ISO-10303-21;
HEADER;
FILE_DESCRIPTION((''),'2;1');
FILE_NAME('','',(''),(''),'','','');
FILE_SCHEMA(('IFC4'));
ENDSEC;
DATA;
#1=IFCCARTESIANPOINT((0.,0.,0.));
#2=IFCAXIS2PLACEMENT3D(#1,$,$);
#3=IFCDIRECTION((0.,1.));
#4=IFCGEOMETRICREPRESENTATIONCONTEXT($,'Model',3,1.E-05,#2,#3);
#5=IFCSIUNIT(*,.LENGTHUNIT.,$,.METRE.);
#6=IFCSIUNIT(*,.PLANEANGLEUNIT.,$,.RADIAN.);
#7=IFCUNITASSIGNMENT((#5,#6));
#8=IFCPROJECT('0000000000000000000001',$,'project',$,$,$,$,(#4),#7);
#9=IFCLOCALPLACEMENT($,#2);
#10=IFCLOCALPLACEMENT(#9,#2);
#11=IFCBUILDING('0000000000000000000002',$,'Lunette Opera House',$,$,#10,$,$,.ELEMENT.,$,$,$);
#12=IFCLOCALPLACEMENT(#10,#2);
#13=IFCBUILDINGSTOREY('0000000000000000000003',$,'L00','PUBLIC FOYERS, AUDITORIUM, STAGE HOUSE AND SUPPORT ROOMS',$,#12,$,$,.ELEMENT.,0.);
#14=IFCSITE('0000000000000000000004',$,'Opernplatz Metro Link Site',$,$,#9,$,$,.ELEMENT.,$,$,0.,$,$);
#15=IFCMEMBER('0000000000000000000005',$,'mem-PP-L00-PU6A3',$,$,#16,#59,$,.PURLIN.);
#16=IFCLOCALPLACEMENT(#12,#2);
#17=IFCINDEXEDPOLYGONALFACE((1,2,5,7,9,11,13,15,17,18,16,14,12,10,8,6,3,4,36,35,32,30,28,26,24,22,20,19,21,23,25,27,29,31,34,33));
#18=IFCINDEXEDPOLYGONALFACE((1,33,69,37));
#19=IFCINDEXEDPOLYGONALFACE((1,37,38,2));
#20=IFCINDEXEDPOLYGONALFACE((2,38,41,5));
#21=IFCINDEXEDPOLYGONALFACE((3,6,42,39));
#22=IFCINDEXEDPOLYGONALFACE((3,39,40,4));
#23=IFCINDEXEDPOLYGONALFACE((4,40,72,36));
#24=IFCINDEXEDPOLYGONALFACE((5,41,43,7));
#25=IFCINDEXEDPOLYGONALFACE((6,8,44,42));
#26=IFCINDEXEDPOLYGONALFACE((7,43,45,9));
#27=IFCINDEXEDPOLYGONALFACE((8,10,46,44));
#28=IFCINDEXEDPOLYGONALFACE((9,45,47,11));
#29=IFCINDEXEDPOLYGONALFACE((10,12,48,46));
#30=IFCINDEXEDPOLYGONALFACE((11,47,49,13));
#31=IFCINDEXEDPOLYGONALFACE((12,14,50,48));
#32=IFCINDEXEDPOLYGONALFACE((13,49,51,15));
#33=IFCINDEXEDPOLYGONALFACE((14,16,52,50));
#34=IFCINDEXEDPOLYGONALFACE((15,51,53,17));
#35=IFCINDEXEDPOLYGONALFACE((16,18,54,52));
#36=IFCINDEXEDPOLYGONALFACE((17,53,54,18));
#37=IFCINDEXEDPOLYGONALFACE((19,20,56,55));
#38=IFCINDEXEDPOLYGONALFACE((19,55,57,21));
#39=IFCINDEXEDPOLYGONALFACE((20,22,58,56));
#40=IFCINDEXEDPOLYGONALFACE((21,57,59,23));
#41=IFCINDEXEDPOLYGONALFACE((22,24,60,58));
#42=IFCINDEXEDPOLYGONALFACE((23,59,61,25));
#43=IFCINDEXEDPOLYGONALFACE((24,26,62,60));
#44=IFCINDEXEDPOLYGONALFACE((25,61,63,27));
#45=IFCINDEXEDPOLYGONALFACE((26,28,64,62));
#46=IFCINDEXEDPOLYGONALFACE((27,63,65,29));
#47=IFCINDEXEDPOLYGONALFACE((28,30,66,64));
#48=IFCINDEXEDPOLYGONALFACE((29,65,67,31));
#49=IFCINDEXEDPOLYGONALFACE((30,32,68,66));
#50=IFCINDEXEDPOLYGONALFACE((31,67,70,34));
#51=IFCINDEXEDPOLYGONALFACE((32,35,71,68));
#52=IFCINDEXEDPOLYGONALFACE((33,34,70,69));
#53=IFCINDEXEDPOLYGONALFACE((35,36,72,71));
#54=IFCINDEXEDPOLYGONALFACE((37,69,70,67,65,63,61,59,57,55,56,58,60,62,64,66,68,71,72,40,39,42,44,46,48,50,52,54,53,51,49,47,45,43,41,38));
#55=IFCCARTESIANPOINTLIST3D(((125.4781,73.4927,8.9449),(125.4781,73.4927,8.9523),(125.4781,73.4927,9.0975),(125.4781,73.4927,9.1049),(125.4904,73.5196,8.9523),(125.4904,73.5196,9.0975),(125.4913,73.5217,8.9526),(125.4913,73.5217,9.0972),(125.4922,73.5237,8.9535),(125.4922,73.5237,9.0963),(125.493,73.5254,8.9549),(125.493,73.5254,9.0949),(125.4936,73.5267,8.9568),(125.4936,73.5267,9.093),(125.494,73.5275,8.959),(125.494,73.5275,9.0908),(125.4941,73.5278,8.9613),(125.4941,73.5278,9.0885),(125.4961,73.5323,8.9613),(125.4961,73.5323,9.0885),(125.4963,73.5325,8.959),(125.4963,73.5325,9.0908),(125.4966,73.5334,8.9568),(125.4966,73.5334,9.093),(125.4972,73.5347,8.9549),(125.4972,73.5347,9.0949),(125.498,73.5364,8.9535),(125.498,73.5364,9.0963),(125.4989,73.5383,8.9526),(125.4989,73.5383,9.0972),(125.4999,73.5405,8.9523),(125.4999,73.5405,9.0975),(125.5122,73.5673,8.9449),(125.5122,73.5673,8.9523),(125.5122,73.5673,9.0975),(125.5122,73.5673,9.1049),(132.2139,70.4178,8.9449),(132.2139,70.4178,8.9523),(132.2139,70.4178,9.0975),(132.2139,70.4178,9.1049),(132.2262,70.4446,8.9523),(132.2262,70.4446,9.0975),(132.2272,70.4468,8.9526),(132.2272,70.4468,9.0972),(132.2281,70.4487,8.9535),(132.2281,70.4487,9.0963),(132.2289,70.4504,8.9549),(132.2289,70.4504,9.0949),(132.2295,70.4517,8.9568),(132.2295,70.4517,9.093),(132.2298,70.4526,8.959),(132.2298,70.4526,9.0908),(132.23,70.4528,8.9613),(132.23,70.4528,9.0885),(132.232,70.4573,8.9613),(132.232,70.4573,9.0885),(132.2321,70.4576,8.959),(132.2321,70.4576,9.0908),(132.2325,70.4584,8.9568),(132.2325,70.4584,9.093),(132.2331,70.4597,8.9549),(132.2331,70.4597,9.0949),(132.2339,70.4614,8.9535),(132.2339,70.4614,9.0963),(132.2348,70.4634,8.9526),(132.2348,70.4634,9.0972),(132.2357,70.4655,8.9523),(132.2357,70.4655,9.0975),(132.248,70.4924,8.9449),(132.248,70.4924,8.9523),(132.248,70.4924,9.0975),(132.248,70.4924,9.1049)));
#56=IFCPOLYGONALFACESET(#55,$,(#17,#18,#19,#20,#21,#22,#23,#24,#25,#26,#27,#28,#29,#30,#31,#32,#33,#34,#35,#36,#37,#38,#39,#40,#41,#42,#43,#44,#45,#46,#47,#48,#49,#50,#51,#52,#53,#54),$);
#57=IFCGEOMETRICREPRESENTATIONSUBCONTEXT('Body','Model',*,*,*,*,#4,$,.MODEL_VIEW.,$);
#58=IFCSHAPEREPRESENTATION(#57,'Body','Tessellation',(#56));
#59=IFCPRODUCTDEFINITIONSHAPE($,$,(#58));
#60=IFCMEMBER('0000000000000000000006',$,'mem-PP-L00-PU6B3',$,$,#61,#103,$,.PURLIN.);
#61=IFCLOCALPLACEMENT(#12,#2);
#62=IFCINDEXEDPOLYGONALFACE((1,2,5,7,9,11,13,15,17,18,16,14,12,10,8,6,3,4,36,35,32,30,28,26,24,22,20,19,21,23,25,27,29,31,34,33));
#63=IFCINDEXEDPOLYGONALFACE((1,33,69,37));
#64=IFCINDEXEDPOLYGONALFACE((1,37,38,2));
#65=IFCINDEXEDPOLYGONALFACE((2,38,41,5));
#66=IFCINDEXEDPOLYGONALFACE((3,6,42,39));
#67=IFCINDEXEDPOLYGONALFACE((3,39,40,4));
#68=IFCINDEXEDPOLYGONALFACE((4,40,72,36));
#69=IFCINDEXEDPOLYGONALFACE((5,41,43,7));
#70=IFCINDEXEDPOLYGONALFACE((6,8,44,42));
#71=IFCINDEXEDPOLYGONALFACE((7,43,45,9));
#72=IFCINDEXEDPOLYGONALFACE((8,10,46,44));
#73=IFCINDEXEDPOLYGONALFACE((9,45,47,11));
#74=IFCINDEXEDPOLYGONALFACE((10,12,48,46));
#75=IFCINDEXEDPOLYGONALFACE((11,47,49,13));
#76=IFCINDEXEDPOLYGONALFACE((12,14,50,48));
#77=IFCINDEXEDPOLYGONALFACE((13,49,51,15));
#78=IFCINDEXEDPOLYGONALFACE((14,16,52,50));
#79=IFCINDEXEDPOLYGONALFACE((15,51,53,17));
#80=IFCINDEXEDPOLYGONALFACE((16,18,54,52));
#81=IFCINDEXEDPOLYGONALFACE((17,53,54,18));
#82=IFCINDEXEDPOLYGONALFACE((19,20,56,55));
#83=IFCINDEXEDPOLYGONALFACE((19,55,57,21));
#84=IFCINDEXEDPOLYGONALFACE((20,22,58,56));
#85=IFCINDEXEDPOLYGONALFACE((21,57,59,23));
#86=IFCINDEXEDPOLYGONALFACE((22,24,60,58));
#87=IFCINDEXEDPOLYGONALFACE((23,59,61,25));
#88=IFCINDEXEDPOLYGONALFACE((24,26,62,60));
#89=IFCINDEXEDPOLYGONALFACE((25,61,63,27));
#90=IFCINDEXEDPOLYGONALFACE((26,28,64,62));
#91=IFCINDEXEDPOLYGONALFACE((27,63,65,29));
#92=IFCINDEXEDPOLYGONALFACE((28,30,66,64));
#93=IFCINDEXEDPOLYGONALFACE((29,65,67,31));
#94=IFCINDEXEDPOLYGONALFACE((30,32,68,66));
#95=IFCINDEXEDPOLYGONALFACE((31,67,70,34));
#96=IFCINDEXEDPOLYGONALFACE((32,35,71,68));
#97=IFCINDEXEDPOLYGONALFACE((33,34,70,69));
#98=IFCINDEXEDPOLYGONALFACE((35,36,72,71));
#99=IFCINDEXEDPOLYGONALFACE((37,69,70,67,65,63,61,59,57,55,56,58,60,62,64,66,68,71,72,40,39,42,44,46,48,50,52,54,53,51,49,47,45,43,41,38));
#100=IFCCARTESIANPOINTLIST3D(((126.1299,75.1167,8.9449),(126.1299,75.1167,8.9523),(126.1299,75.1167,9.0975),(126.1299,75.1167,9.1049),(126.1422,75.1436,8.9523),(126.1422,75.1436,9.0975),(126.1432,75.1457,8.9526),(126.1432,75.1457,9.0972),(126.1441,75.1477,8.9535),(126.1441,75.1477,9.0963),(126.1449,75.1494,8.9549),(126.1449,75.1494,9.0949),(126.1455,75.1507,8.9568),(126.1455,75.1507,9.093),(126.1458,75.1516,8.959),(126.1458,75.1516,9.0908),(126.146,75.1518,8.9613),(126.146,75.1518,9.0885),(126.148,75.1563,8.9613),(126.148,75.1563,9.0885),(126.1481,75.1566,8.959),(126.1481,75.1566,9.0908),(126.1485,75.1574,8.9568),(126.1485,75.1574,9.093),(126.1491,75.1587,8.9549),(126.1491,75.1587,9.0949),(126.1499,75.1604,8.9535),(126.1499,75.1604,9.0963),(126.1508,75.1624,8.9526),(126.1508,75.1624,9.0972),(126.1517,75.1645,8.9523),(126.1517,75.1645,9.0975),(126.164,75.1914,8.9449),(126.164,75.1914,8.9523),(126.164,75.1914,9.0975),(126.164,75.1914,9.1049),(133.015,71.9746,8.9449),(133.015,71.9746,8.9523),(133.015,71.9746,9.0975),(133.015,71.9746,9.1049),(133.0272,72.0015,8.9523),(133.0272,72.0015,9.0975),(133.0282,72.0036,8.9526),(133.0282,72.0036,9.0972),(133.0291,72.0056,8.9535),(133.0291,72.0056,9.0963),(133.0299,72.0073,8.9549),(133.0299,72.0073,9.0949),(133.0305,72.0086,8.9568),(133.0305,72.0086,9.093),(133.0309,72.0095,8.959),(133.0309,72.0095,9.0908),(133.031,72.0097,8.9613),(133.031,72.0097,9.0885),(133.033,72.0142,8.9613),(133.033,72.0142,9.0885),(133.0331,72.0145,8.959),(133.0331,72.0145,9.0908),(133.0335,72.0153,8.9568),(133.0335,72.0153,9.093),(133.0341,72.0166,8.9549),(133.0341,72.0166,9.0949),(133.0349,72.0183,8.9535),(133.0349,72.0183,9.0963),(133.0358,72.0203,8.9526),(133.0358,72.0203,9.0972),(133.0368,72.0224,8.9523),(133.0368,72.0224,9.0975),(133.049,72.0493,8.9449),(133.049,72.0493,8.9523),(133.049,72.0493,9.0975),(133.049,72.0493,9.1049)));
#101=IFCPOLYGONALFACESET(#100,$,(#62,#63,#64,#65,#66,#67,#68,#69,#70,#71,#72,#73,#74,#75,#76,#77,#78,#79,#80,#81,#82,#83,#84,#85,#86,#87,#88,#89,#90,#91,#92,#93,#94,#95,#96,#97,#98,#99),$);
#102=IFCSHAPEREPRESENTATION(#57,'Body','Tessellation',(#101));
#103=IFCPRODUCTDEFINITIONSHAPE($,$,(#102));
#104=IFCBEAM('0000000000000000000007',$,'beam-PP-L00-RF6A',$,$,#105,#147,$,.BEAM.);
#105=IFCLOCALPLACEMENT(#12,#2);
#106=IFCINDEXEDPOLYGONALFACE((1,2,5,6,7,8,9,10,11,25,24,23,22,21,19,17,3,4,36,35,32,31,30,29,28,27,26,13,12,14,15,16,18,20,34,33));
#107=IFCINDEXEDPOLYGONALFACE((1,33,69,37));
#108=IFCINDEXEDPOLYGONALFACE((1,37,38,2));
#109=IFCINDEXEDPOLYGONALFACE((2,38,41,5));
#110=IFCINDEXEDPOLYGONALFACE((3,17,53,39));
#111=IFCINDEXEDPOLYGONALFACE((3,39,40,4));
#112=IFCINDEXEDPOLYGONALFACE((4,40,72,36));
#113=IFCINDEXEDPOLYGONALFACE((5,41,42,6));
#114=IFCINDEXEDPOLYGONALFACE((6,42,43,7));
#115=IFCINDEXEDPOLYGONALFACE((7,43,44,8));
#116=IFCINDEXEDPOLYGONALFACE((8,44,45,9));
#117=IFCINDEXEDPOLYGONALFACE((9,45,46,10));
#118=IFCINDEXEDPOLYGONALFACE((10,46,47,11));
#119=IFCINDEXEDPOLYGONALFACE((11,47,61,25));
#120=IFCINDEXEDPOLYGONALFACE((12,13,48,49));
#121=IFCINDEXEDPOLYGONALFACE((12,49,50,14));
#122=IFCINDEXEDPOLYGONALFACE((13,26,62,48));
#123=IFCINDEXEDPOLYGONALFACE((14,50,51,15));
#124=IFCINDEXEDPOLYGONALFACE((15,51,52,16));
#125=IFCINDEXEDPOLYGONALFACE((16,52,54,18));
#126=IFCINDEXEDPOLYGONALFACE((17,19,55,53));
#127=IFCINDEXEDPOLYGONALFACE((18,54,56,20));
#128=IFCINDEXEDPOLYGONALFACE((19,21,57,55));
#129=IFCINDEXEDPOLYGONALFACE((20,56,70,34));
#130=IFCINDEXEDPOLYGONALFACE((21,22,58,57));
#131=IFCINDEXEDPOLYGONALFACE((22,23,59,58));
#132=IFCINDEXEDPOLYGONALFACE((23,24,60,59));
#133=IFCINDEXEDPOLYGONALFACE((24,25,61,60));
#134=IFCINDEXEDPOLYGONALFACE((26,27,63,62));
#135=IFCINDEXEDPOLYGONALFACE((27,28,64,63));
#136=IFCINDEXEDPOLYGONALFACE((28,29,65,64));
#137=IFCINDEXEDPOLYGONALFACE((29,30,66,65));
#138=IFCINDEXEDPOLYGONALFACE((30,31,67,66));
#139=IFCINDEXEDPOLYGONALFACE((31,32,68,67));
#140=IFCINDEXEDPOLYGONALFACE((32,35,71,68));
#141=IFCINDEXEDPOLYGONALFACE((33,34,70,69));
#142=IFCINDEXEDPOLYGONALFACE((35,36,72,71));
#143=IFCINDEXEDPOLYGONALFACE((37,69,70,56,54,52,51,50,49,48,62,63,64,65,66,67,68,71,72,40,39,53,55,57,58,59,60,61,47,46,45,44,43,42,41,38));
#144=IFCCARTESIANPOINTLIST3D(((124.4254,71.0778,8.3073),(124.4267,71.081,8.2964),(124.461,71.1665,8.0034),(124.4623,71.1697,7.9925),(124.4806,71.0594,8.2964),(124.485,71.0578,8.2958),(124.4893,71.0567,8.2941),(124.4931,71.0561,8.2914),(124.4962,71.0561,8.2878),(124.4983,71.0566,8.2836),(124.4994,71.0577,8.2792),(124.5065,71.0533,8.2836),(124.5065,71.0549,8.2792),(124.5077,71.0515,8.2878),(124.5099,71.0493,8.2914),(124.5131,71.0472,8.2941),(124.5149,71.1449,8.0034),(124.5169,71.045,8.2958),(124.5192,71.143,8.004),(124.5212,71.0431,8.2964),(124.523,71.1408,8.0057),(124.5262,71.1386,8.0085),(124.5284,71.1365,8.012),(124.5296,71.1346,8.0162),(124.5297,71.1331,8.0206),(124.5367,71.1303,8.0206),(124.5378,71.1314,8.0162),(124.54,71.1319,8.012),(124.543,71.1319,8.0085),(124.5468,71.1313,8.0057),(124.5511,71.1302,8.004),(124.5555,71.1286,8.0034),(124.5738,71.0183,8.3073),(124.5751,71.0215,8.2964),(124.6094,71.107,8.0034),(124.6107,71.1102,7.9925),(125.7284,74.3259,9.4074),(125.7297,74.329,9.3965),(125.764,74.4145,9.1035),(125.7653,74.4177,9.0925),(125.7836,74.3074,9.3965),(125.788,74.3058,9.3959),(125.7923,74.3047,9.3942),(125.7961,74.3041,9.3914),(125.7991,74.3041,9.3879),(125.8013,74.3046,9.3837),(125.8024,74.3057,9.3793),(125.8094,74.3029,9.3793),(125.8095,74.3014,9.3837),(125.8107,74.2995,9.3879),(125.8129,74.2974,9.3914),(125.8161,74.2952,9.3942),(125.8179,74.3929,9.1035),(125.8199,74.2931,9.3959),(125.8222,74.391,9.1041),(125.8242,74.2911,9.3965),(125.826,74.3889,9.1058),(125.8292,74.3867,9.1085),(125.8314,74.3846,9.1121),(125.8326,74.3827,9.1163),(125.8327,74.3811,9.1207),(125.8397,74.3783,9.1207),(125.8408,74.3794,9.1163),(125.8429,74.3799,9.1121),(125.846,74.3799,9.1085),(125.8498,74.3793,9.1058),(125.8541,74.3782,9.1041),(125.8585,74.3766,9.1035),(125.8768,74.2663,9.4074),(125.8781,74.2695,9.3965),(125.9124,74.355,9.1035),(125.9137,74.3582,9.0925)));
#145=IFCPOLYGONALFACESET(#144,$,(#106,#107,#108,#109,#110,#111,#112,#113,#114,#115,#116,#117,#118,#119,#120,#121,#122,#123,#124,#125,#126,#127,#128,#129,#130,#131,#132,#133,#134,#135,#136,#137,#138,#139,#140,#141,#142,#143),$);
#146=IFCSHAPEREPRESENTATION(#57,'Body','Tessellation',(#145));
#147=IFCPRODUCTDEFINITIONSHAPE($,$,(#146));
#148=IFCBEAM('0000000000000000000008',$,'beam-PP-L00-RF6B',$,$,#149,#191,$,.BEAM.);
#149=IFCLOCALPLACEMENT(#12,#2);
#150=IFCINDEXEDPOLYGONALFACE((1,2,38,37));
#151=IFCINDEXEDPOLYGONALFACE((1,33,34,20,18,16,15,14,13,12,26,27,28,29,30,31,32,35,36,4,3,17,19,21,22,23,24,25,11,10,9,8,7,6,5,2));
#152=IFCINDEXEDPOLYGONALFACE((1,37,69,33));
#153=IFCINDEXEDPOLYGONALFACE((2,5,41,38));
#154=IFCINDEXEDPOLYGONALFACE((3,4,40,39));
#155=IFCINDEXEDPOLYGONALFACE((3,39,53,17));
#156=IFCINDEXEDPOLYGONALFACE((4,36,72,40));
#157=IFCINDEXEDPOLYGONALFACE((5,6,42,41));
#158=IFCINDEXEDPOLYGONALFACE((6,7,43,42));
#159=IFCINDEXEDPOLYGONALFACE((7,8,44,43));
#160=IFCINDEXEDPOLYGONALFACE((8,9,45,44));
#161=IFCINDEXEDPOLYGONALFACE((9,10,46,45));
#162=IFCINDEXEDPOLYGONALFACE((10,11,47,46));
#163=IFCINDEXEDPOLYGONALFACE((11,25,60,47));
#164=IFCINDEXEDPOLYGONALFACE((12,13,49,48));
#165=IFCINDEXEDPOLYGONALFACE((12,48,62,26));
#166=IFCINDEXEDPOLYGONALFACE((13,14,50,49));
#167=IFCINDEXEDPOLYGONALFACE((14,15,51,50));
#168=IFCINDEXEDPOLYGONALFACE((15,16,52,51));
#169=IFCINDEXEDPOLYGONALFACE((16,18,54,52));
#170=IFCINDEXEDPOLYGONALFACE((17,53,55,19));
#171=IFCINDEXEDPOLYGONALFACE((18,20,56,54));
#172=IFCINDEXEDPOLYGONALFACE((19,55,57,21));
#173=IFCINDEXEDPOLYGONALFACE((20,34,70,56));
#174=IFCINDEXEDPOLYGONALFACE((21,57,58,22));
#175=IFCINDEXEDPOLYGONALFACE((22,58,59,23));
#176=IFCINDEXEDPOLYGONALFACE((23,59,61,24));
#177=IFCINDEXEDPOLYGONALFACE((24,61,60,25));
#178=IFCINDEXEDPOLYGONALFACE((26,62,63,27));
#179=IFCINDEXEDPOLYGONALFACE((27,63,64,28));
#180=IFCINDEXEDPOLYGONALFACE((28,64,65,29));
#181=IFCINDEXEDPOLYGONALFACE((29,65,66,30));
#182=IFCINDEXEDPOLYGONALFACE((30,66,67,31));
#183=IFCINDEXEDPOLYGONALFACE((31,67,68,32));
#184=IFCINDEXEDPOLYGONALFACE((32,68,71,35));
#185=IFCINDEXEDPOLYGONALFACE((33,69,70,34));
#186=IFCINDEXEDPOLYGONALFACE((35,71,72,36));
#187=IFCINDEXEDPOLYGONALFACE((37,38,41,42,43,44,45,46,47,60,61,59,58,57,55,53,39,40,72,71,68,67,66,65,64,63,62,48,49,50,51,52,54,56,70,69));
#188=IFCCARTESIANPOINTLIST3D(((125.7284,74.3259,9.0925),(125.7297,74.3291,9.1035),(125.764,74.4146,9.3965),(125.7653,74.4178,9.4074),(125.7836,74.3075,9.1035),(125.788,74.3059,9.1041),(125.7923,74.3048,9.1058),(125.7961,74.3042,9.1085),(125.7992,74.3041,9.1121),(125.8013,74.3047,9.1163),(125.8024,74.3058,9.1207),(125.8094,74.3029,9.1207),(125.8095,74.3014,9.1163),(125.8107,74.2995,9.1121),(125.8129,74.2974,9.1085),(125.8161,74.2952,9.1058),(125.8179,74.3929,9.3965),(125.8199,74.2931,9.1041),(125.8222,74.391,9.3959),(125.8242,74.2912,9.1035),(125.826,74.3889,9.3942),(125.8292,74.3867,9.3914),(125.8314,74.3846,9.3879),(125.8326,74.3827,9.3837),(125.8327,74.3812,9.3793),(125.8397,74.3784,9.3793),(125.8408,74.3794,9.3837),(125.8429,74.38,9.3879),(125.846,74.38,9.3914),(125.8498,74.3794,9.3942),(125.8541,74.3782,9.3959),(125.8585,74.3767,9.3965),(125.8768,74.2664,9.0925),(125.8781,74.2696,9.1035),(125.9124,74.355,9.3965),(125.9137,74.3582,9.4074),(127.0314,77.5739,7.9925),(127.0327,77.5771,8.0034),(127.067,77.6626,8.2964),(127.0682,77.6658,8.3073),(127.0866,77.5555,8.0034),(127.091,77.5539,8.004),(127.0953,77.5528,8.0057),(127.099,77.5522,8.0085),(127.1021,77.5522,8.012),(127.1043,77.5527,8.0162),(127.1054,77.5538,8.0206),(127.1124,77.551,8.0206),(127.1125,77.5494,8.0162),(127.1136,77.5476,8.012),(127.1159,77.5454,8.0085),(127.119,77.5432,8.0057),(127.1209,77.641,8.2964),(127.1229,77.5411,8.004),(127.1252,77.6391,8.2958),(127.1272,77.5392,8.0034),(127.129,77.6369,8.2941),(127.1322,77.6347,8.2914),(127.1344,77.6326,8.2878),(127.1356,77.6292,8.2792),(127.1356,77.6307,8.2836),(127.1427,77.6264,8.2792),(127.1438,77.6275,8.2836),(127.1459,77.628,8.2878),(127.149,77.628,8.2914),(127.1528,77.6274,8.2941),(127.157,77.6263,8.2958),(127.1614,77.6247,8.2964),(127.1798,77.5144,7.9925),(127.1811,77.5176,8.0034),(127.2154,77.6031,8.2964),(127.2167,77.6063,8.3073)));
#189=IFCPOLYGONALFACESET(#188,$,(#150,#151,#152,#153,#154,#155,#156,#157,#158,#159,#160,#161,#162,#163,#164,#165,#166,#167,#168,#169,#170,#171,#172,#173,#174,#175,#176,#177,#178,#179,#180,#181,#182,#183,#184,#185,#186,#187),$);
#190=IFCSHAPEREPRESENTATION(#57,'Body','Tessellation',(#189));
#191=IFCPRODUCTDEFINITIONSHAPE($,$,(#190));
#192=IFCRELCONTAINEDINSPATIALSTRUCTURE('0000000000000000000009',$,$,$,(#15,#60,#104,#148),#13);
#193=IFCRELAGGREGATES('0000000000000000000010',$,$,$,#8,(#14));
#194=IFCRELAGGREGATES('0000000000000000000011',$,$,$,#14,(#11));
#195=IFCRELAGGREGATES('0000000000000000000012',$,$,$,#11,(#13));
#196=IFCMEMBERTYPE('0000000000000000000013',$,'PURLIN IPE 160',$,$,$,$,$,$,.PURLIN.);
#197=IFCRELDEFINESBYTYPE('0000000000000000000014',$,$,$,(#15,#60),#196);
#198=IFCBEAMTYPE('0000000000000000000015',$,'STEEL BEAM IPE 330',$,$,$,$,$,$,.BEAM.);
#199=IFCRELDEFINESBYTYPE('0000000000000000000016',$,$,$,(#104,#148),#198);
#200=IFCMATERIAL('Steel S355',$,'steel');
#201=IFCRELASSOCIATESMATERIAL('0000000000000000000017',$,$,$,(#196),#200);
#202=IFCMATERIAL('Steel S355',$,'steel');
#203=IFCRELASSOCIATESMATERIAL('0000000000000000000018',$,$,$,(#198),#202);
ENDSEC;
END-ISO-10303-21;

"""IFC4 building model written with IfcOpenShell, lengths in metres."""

from ifc_helpers import new_model, si_unit, direction, frame, origin, origin_2d, place, context, subcontext, project, spatial, i_section, extrude, material, material_profile, profile_set, type_object, element, save


model = new_model("IFC4")

# Units and contexts
model_context = context("Model", 3, precision=1e-05, world=origin(), true_north=direction((0.0, 1.0)))
body_context = subcontext(model_context, "Body", "Model", "MODEL_VIEW")
ifc_project = project(units=[si_unit("LENGTHUNIT", "METRE"), si_unit("PLANEANGLEUNIT", "RADIAN")], contexts=[model_context])

# Site, building, storey
site_placement = place(None, origin())
site = spatial("IfcSite", under=ifc_project, at=site_placement, Name="Opernplatz Metro Link Site", CompositionType="ELEMENT", RefElevation=0.0)
building_placement = place(site_placement, origin())
building = spatial("IfcBuilding", under=site, at=building_placement, Name="Lunette Opera House", CompositionType="ELEMENT")
storey_placement = place(building_placement, origin())
storey = spatial("IfcBuildingStorey", under=building, at=storey_placement, Name="L00", Description="PUBLIC FOYERS, AUDITORIUM, STAGE HOUSE AND SUPPORT ROOMS", CompositionType="ELEMENT", Elevation=0.0)

# Members
ifc_material_1 = material(Name="Steel S355", Category="steel")
ifc_material_profile_1 = material_profile(ifc_material_1, i_section(OverallWidth=0.082, OverallDepth=0.1599, WebThickness=0.0049, FlangeThickness=0.0073, FilletRadius=0.009, at=origin_2d()), Name="IPE 160")
ifc_profile_set_1 = profile_set([ifc_material_profile_1], Name="Steel S355")
member_type_1 = type_object("IfcMemberType", Name="PURLIN IPE 160", PredefinedType="PURLIN", material=ifc_profile_set_1)
member_1_placement = place(storey_placement, frame((125.4951, 73.53, 9.0249), z_axis=(0.909693, -0.41528, 0.0), x_axis=(0.41528, 0.909693, 0.0)))
element("IfcMember", 1, at=member_1_placement, inside=storey, type_object=member_type_1, Name="mem-PP-L00-PU6A3", PredefinedType="PURLIN", context=body_context, shape_type="SweptSolid", body=[
    extrude(i_section(OverallWidth=0.082, OverallDepth=0.1599, WebThickness=0.0049, FlangeThickness=0.0073, FilletRadius=0.009, at=origin_2d()), origin(), (0.0, 0.0, 1.0), 7.4045),
])
member_2_placement = place(storey_placement, frame((126.147, 75.1541, 9.0249), z_axis=(0.909741, -0.415176, 0.0), x_axis=(0.415176, 0.909741, 0.0)))
element("IfcMember", 2, at=member_2_placement, inside=storey, type_object=member_type_1, Name="mem-PP-L00-PU6B3", PredefinedType="PURLIN", context=body_context, shape_type="SweptSolid", body=[
    extrude(i_section(OverallWidth=0.082, OverallDepth=0.1599, WebThickness=0.0049, FlangeThickness=0.0073, FilletRadius=0.009, at=origin_2d()), origin(), (0.0, 0.0, 1.0), 7.5681),
])

# Beams
ifc_material_2 = material(Name="Steel S355", Category="steel")
ifc_material_profile_2 = material_profile(ifc_material_2, i_section(OverallWidth=0.1599, OverallDepth=0.3301, WebThickness=0.0076, FlangeThickness=0.0115, FilletRadius=0.0181, at=origin_2d()), Name="IPE 330")
ifc_profile_set_2 = profile_set([ifc_material_profile_2], Name="Steel S355")
beam_type_1 = type_object("IfcBeamType", Name="STEEL BEAM IPE 330", PredefinedType="BEAM", material=ifc_profile_set_2)
for number, where, z_axis, x_axis, name in (
    (3, (124.5181, 71.094, 8.1499), (0.355182, 0.885392, 0.299878), (-0.928106, 0.372317, 0.0), "beam-PP-L00-RF6A"),
    (4, (127.124, 77.5901, 8.1499), (-0.355182, -0.885392, 0.299878), (0.928106, -0.372317, 0.0), "beam-PP-L00-RF6B"),
):
    element("IfcBeam", number, at=place(storey_placement, frame(where, z_axis=z_axis, x_axis=x_axis)), inside=storey, type_object=beam_type_1, Name=name, PredefinedType="BEAM", context=body_context, shape_type="SweptSolid", body=[
        extrude(i_section(OverallWidth=0.1599, OverallDepth=0.3301, WebThickness=0.0076, FlangeThickness=0.0115, FilletRadius=0.0181, at=origin_2d()), origin(), (0.0, 0.0, 1.0), 3.6685),
    ])

save(model, "model.ifc")
